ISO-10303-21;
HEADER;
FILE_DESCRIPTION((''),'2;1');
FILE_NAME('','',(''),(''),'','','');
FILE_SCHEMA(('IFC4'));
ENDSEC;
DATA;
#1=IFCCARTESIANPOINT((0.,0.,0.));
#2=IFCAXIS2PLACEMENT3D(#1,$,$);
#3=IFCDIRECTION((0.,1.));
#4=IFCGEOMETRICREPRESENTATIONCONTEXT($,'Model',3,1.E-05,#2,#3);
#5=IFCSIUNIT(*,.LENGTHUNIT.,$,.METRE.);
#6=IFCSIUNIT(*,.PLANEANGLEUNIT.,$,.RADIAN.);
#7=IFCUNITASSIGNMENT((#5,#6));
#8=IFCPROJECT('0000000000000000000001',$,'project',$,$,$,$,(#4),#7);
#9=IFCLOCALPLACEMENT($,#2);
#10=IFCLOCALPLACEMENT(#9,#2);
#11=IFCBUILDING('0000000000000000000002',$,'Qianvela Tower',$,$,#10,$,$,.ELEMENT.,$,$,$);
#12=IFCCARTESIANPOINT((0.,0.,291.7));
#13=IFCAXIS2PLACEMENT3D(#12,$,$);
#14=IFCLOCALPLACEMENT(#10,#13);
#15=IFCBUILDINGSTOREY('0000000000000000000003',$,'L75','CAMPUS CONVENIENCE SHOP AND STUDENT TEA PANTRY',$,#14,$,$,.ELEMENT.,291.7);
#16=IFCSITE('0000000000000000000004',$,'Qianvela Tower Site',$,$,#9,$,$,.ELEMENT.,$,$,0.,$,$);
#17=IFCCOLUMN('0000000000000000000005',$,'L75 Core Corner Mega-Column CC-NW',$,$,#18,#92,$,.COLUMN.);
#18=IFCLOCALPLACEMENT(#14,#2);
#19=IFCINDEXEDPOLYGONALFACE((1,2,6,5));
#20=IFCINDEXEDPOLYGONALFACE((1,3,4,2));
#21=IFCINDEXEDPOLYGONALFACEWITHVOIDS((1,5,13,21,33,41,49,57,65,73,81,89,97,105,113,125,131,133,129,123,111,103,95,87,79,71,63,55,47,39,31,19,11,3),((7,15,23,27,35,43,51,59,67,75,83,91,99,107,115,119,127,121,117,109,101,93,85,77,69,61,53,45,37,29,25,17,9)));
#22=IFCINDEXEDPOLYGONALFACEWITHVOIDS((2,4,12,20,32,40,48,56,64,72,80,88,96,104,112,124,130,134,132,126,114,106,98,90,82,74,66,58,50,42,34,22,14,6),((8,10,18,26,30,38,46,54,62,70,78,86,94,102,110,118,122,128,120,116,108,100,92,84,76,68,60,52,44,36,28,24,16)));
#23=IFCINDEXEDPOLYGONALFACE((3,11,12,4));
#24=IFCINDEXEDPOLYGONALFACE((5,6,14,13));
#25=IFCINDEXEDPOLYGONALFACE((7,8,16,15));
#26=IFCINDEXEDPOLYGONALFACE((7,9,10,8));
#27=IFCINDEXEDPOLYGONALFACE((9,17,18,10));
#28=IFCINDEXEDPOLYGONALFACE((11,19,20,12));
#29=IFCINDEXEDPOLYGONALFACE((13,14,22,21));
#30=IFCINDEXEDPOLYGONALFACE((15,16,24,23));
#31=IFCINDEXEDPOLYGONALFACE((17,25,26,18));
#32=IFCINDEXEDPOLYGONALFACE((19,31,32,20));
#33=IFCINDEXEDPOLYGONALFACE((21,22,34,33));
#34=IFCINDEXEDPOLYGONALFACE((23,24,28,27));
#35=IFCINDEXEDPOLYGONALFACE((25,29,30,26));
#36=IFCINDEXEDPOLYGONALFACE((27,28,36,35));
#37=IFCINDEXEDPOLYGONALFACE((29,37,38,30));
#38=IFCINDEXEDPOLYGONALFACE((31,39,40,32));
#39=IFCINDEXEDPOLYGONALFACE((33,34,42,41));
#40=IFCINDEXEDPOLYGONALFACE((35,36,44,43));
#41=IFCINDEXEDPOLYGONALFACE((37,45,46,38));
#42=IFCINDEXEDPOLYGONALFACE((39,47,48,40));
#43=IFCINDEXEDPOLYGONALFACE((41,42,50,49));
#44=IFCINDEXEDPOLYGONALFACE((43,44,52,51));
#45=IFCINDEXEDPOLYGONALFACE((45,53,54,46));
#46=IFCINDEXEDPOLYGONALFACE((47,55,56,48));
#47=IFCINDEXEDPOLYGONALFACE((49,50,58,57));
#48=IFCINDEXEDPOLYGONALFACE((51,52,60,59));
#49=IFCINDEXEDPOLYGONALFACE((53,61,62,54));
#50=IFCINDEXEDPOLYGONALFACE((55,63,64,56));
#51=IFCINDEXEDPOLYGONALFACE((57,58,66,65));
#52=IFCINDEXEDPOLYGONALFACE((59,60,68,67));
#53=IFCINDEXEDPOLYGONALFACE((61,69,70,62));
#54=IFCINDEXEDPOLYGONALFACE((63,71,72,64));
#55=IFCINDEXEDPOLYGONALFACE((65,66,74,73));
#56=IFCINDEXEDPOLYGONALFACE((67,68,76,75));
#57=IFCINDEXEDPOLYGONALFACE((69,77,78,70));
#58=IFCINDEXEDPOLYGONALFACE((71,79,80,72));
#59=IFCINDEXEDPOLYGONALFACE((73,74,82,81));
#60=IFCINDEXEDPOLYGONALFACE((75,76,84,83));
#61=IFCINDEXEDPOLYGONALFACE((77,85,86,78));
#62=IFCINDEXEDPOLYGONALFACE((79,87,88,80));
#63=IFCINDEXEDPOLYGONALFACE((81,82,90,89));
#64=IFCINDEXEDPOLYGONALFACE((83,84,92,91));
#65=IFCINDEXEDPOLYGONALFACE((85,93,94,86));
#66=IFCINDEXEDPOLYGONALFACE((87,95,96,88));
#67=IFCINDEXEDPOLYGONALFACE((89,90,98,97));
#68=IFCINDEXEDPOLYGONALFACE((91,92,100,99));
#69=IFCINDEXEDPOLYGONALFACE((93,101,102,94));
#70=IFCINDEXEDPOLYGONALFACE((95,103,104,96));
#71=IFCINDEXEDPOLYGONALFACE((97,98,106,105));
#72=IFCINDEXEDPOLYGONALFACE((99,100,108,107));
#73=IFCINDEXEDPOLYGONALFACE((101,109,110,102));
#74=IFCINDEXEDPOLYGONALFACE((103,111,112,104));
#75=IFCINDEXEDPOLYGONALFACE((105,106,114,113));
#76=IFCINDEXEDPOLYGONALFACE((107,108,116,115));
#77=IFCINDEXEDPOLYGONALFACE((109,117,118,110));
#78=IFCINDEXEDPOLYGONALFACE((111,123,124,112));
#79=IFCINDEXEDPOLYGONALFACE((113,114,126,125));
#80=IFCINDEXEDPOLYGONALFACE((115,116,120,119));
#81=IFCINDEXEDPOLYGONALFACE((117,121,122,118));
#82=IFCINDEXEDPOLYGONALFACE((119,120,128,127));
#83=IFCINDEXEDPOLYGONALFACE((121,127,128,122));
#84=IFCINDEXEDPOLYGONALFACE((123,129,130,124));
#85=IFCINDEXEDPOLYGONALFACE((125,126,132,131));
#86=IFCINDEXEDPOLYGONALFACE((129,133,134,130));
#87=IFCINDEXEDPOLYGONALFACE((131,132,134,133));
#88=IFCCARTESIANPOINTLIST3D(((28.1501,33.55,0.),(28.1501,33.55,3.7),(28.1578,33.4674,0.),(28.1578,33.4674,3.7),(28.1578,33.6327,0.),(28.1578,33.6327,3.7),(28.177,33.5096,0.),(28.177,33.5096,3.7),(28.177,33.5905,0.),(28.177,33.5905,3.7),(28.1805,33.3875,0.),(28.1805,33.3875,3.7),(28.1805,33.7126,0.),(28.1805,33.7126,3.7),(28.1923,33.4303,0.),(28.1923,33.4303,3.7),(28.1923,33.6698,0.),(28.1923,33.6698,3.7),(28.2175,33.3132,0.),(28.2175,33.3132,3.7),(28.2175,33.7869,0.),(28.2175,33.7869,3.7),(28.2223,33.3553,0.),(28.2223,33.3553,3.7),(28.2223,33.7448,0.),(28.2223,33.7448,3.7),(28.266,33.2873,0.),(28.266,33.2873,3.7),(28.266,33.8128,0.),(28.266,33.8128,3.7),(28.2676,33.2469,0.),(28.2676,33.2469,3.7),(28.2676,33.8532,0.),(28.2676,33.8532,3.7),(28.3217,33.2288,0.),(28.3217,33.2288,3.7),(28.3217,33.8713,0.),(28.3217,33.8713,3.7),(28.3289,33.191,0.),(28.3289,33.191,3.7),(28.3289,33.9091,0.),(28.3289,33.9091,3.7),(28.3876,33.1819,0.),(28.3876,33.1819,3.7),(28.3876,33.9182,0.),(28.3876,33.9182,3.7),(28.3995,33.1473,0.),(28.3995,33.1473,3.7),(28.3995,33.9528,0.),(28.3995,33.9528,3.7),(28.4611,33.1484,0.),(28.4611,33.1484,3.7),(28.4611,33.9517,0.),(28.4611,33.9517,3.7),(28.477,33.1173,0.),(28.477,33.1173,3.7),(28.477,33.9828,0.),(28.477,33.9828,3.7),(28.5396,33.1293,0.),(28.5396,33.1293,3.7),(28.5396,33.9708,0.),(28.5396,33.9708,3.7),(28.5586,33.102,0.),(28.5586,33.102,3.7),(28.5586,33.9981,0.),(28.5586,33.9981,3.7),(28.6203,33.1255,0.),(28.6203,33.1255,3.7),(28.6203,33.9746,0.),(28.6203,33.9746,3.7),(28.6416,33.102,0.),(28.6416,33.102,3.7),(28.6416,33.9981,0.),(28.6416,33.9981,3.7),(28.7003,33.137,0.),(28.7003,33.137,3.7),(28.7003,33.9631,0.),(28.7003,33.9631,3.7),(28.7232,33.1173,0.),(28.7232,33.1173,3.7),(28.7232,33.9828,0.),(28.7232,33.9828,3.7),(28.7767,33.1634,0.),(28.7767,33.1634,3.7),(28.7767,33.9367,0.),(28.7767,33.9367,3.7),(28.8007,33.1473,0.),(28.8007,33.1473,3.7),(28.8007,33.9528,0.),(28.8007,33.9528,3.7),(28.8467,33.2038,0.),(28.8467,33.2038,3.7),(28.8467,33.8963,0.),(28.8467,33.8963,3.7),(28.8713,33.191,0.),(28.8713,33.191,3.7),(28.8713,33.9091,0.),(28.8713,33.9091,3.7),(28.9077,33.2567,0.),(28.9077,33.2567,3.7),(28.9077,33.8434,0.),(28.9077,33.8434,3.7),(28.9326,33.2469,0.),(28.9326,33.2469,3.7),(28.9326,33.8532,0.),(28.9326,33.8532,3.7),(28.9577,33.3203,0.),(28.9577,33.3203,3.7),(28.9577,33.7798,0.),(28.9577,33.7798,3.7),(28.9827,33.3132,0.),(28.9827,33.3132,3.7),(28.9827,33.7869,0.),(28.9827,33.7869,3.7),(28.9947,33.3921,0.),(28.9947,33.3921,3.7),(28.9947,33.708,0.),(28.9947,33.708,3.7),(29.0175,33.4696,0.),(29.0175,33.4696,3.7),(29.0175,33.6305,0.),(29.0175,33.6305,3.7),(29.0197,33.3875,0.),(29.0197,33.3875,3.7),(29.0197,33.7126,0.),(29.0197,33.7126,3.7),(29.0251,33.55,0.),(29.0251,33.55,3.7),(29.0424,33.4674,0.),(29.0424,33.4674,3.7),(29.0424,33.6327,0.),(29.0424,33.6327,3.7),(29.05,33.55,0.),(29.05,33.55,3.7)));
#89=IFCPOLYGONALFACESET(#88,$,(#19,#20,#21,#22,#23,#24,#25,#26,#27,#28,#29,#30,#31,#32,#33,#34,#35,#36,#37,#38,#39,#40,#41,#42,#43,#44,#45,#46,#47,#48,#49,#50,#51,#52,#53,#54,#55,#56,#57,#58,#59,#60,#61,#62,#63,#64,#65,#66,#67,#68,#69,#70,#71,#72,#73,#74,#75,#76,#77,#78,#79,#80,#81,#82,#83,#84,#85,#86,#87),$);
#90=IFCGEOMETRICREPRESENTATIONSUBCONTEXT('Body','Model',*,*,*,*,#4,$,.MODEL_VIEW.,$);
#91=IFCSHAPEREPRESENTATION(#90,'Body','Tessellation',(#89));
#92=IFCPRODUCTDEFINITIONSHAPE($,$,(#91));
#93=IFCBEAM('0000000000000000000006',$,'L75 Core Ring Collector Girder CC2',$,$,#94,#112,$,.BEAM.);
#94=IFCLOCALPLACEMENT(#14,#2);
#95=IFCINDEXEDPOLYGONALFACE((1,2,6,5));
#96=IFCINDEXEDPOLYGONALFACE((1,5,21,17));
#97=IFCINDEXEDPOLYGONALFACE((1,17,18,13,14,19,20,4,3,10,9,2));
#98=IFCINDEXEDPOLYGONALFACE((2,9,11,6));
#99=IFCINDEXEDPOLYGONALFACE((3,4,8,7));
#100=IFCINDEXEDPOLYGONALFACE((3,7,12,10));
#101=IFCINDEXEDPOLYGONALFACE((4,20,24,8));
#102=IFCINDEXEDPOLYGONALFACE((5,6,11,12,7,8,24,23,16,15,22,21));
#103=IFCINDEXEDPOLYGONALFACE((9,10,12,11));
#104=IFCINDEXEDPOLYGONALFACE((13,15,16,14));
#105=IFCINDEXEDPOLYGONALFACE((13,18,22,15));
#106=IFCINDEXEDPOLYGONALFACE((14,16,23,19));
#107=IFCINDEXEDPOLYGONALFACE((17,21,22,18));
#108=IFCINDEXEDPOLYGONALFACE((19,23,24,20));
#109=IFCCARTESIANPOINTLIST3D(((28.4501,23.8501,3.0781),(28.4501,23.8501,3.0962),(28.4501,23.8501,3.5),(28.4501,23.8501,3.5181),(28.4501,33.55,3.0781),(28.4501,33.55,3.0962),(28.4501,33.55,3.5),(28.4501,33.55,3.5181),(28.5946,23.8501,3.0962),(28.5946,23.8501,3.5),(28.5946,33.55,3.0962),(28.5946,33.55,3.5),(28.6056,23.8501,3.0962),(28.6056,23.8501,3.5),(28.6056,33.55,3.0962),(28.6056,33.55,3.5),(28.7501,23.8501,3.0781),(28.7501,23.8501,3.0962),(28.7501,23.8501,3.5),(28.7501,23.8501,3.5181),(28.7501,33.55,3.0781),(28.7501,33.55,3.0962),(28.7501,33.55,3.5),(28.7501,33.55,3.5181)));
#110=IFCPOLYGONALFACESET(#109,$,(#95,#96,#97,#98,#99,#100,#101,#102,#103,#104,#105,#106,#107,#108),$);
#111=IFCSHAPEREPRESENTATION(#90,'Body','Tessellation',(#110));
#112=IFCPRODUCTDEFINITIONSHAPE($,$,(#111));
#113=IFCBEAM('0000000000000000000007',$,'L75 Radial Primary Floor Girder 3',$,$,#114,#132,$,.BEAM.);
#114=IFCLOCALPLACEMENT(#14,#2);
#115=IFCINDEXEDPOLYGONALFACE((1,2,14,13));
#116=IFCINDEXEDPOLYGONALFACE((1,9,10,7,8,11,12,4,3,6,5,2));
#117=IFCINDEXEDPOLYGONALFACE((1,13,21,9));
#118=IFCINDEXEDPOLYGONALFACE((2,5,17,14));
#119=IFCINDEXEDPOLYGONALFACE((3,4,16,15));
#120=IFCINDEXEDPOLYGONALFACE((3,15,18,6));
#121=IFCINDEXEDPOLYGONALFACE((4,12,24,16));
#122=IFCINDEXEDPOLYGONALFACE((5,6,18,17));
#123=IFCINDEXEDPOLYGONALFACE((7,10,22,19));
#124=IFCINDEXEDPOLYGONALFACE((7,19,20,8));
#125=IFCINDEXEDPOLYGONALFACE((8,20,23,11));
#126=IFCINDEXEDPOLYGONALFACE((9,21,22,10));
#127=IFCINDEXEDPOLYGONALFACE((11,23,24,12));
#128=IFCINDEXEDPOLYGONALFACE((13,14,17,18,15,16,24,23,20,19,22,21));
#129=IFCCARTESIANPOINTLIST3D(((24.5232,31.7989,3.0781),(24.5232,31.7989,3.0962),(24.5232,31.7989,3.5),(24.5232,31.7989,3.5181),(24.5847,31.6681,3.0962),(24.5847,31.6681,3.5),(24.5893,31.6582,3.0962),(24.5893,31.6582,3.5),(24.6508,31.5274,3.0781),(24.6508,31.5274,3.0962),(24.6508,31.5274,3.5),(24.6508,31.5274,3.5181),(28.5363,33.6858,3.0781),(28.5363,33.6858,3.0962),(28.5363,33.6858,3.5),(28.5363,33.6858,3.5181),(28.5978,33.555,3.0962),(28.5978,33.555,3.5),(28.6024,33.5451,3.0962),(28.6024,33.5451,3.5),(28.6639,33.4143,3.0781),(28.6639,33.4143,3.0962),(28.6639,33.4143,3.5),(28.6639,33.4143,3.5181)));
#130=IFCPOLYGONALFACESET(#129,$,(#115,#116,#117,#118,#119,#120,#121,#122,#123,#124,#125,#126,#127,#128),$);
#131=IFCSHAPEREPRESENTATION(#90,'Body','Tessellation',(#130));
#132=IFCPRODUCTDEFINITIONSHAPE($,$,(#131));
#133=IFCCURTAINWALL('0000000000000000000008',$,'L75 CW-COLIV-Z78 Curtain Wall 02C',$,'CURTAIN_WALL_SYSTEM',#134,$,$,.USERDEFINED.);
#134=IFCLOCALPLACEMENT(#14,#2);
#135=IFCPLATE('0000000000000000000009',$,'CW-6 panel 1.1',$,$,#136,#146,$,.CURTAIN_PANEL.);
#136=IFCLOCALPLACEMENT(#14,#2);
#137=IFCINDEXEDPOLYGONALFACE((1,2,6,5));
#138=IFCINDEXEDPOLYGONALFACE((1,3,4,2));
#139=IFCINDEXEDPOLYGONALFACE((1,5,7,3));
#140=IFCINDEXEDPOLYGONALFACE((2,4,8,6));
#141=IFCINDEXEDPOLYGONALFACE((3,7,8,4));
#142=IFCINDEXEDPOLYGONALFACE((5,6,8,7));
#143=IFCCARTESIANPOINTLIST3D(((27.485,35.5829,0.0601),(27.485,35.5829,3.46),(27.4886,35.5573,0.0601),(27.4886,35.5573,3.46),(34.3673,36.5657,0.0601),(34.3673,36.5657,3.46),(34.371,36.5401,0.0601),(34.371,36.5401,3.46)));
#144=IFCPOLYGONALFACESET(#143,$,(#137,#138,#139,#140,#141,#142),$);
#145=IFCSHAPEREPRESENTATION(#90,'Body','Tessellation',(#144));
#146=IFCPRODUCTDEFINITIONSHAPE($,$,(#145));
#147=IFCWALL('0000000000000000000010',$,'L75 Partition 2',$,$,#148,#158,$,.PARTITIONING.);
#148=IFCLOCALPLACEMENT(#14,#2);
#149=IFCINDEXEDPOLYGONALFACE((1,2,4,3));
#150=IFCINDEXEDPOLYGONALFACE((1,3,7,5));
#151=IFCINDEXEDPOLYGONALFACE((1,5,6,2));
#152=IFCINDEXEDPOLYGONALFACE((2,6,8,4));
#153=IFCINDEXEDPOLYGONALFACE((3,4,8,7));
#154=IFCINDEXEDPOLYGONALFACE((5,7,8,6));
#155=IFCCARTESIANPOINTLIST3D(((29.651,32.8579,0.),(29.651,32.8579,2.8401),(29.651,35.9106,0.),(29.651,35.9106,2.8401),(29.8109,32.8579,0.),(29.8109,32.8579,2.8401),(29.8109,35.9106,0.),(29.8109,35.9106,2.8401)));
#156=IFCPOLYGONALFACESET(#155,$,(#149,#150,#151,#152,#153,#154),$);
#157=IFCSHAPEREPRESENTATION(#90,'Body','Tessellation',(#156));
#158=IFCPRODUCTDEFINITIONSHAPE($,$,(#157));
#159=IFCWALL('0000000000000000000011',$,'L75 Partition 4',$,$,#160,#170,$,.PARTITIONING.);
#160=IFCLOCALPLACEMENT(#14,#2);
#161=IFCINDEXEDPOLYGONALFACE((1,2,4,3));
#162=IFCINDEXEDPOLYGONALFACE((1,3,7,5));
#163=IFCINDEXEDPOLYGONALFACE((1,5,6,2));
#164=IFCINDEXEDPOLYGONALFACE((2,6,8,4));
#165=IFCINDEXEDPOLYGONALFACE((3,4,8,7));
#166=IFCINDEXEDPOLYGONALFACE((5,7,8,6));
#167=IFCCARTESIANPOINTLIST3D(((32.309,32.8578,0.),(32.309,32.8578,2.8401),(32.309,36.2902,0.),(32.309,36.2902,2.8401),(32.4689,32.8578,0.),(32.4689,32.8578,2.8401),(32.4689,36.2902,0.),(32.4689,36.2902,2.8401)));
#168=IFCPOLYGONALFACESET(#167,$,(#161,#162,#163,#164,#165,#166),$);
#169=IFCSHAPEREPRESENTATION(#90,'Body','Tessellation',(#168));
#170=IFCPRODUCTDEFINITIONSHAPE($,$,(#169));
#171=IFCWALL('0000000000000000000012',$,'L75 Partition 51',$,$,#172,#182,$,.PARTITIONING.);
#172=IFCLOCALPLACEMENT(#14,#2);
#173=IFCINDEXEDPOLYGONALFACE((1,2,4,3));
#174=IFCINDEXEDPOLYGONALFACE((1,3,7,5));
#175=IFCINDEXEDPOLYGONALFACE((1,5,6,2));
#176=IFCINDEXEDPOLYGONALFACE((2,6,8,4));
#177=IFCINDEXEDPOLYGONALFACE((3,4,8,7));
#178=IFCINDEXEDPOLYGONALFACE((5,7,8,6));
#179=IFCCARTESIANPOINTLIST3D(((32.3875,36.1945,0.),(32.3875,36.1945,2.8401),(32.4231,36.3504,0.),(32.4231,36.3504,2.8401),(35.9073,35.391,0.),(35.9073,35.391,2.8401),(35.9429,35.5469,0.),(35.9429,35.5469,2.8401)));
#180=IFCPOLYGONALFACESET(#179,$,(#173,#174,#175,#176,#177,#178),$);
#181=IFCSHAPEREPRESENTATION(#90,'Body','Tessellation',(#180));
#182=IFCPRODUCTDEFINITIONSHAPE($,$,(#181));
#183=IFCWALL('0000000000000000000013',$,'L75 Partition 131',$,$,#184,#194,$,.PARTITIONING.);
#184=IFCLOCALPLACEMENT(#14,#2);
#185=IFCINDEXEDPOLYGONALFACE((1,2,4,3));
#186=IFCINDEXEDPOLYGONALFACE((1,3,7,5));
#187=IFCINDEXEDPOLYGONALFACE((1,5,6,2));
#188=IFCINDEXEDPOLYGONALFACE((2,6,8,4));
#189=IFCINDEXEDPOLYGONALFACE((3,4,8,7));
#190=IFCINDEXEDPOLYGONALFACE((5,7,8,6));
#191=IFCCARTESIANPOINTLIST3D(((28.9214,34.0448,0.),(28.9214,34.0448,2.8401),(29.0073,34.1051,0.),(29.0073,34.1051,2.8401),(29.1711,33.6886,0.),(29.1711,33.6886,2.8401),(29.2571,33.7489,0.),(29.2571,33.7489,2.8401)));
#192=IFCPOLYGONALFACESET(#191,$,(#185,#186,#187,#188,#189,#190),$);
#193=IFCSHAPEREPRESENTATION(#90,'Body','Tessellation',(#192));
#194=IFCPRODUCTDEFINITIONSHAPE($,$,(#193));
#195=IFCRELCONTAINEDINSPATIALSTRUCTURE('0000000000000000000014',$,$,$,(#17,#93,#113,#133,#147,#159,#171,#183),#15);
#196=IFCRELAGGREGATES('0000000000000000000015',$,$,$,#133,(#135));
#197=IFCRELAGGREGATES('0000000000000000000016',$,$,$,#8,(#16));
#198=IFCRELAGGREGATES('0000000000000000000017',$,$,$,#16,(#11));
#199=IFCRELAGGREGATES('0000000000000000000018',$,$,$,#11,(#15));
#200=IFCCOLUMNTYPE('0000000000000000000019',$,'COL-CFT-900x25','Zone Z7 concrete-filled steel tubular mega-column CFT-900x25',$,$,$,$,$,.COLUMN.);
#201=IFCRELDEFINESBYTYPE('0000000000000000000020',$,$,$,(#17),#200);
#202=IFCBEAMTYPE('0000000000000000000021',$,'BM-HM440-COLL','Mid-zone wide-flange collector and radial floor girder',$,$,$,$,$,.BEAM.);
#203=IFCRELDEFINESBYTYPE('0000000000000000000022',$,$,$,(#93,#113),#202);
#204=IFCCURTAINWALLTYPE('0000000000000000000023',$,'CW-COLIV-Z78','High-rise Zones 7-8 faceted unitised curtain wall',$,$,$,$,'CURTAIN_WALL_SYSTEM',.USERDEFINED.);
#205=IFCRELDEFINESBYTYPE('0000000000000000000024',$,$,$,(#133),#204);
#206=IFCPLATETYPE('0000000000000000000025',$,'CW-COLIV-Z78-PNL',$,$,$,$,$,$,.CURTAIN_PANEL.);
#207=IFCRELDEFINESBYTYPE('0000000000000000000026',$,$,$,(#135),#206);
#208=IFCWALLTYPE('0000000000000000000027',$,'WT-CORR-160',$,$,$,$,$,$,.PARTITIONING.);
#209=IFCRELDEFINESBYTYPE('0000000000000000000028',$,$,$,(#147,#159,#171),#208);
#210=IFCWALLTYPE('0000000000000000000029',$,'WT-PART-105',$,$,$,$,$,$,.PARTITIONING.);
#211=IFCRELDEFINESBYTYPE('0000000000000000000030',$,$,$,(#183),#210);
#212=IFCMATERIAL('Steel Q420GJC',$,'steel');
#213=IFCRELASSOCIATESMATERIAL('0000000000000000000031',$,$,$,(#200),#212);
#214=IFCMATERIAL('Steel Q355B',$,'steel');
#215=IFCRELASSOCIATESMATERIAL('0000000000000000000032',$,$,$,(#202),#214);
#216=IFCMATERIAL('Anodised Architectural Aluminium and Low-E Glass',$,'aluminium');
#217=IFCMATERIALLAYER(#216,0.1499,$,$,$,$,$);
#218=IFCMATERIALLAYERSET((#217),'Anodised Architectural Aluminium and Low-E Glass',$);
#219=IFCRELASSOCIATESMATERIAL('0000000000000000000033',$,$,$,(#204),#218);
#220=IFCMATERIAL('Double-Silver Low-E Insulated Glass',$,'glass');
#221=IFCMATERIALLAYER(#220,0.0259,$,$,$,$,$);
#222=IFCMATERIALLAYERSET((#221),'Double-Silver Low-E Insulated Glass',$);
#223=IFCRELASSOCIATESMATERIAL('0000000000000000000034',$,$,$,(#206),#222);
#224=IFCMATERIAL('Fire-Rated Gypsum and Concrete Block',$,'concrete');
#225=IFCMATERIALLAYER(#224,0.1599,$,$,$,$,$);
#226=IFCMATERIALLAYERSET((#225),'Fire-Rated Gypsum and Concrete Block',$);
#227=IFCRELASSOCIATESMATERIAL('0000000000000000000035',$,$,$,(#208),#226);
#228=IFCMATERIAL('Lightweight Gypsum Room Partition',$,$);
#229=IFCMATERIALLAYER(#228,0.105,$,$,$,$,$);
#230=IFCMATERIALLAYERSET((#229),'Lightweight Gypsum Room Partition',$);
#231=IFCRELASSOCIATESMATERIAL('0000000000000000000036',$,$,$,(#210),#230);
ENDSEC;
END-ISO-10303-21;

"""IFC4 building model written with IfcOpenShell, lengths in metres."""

from ifc_helpers import new_model, si_unit, direction, frame, frame_2d, origin, origin_2d, place, context, subcontext, project, spatial, rectangle, hollow_circle, i_section, extrude, material, layer, layer_set, material_profile, profile_set, type_object, element, aggregate, save


model = new_model("IFC4")

# Units and contexts
model_context = context("Model", 3, precision=1e-05, world=origin(), true_north=direction((0.0, 1.0)))
body_context = subcontext(model_context, "Body", "Model", "MODEL_VIEW")
ifc_project = project(units=[si_unit("LENGTHUNIT", "METRE"), si_unit("PLANEANGLEUNIT", "RADIAN")], contexts=[model_context])

# Site, building, storey
site_placement = place(None, origin())
site = spatial("IfcSite", under=ifc_project, at=site_placement, Name="Qianvela Tower Site", CompositionType="ELEMENT", RefElevation=0.0)
building_placement = place(site_placement, origin())
building = spatial("IfcBuilding", under=site, at=building_placement, Name="Qianvela Tower", CompositionType="ELEMENT")
storey_placement = place(building_placement, frame((0.0, 0.0, 291.7)))
storey = spatial("IfcBuildingStorey", under=building, at=storey_placement, Name="L75", Description="CAMPUS CONVENIENCE SHOP AND STUDENT TEA PANTRY", CompositionType="ELEMENT", Elevation=291.7)

# Column
ifc_material_1 = material(Name="Steel Q420GJC", Category="steel")
ifc_material_profile_1 = material_profile(ifc_material_1, hollow_circle(Radius=0.45, WallThickness=0.0249, at=origin_2d()), Name="CFT-900x25")
ifc_profile_set_1 = profile_set([ifc_material_profile_1], Name="Steel Q420GJC")
column_type = type_object("IfcColumnType", Name="COL-CFT-900x25", Description="Zone Z7 concrete-filled steel tubular mega-column CFT-900x25", PredefinedType="COLUMN", material=ifc_profile_set_1)
column_placement = place(storey_placement, frame((28.6001, 33.55, 0.0), z_axis=(0.0, 0.0, 1.0), x_axis=(1.0, 0.0, 0.0)))
element("IfcColumn", 1, at=column_placement, inside=storey, type_object=column_type, Name="L75 Core Corner Mega-Column CC-NW", PredefinedType="COLUMN", context=body_context, shape_type="SweptSolid", body=[
    extrude(hollow_circle(Radius=0.45, WallThickness=0.0249, at=origin_2d()), origin(), (0.0, 0.0, 1.0), 3.7),
])

# Beams
ifc_material_2 = material(Name="Steel Q355B", Category="steel")
ifc_material_profile_2 = material_profile(ifc_material_2, i_section(OverallWidth=0.3, OverallDepth=0.4399, WebThickness=0.011, FlangeThickness=0.0181, at=origin_2d()), Name="HM440x300x11x18")
ifc_profile_set_2 = profile_set([ifc_material_profile_2], Name="Steel Q355B")
beam_type = type_object("IfcBeamType", Name="BM-HM440-COLL", Description="Mid-zone wide-flange collector and radial floor girder", PredefinedType="BEAM", material=ifc_profile_set_2)
beam_1_placement = place(storey_placement, frame((28.6001, 33.55, 3.2981), z_axis=(0.0, -1.0, 0.0), x_axis=(1.0, 0.0, 0.0)))
element("IfcBeam", 2, at=beam_1_placement, inside=storey, type_object=beam_type, Name="L75 Core Ring Collector Girder CC2", PredefinedType="BEAM", context=body_context, shape_type="SweptSolid", body=[
    extrude(i_section(OverallWidth=0.3, OverallDepth=0.4399, WebThickness=0.011, FlangeThickness=0.0181, at=origin_2d()), origin(), (0.0, 0.0, 1.0), 9.7),
])
beam_2_placement = place(storey_placement, frame((28.6001, 33.55, 3.2981), z_axis=(-0.904957, -0.425503, 0.0), x_axis=(0.425503, -0.904957, 0.0)))
element("IfcBeam", 3, at=beam_2_placement, inside=storey, type_object=beam_type, Name="L75 Radial Primary Floor Girder 3", PredefinedType="BEAM", context=body_context, shape_type="SweptSolid", body=[
    extrude(i_section(OverallWidth=0.3, OverallDepth=0.4399, WebThickness=0.011, FlangeThickness=0.0181, at=origin_2d()), origin(), (0.0, 0.0, 1.0), 4.4346),
])

# Curtain wall, plate
ifc_material_3 = material(Name="Anodised Architectural Aluminium and Low-E Glass", Category="aluminium")
ifc_layer_1 = layer(ifc_material_3, 0.1499)
ifc_layer_set_1 = layer_set([ifc_layer_1], Name="Anodised Architectural Aluminium and Low-E Glass")
curtain_wall_type = type_object("IfcCurtainWallType", Name="CW-COLIV-Z78", Description="High-rise Zones 7-8 faceted unitised curtain wall", ElementType="CURTAIN_WALL_SYSTEM", PredefinedType="USERDEFINED", material=ifc_layer_set_1)
curtain_wall_placement = place(storey_placement, origin())
curtain_wall = element("IfcCurtainWall", 4, at=curtain_wall_placement, inside=storey, type_object=curtain_wall_type, Name="L75 CW-COLIV-Z78 Curtain Wall 02C", ObjectType="CURTAIN_WALL_SYSTEM", PredefinedType="USERDEFINED")
ifc_material_4 = material(Name="Double-Silver Low-E Insulated Glass", Category="glass")
ifc_layer_2 = layer(ifc_material_4, 0.0259)
ifc_layer_set_2 = layer_set([ifc_layer_2], Name="Double-Silver Low-E Insulated Glass")
plate_type = type_object("IfcPlateType", Name="CW-COLIV-Z78-PNL", PredefinedType="CURTAIN_PANEL", material=ifc_layer_set_2)
plate_placement = place(storey_placement, frame((30.928, 36.0615, 0.0601), z_axis=(0.0, 0.0, 1.0), x_axis=(-0.989958, -0.141365, 0.0)))
plate = element("IfcPlate", 5, at=plate_placement, type_object=plate_type, Name="CW-6 panel 1.1", PredefinedType="CURTAIN_PANEL", context=body_context, shape_type="SweptSolid", body=[
    extrude(rectangle(XDim=6.9521, YDim=0.0259, at=origin_2d()), origin(), (0.0, 0.0, 1.0), 3.3999),
])
aggregate(curtain_wall, [plate])

# Walls
ifc_material_5 = material(Name="Fire-Rated Gypsum and Concrete Block", Category="concrete")
ifc_layer_3 = layer(ifc_material_5, 0.1599)
ifc_layer_set_3 = layer_set([ifc_layer_3], Name="Fire-Rated Gypsum and Concrete Block")
wall_type_1 = type_object("IfcWallType", Name="WT-CORR-160", PredefinedType="PARTITIONING", material=ifc_layer_set_3)
wall_1_placement = place(storey_placement, frame((29.731, 32.8579, 0.0), z_axis=(0.0, 0.0, 1.0), x_axis=(0.0, 1.0, 0.0)))
element("IfcWall", 6, at=wall_1_placement, inside=storey, type_object=wall_type_1, Name="L75 Partition 2", PredefinedType="PARTITIONING", context=body_context, shape_type="SweptSolid", body=[
    extrude(rectangle(XDim=3.0527, YDim=0.1599, at=frame_2d((1.5264, 0.0))), origin(), (0.0, 0.0, 1.0), 2.8401),
])
wall_2_placement = place(storey_placement, frame((32.3889, 36.2903, 0.0), z_axis=(0.0, 0.0, 1.0), x_axis=(0.0, -1.0, 0.0)))
element("IfcWall", 7, at=wall_2_placement, inside=storey, type_object=wall_type_1, Name="L75 Partition 4", PredefinedType="PARTITIONING", context=body_context, shape_type="SweptSolid", body=[
    extrude(rectangle(XDim=3.4324, YDim=0.1599, at=frame_2d((1.7163, 0.0))), origin(), (0.0, 0.0, 1.0), 2.8401),
])
wall_3_placement = place(storey_placement, frame((32.4053, 36.2725, 0.0), z_axis=(0.0, 0.0, 1.0), x_axis=(0.974922, -0.222548, 0.0)))
element("IfcWall", 8, at=wall_3_placement, inside=storey, type_object=wall_type_1, Name="L75 Partition 51", PredefinedType="PARTITIONING", context=body_context, shape_type="SweptSolid", body=[
    extrude(rectangle(XDim=3.6104, YDim=0.1599, at=frame_2d((1.8052, 0.0))), origin(), (0.0, 0.0, 1.0), 2.8401),
])
ifc_material_6 = material(Name="Lightweight Gypsum Room Partition")
ifc_layer_4 = layer(ifc_material_6, 0.105)
ifc_layer_set_4 = layer_set([ifc_layer_4], Name="Lightweight Gypsum Room Partition")
wall_type_2 = type_object("IfcWallType", Name="WT-PART-105", PredefinedType="PARTITIONING", material=ifc_layer_set_4)
wall_4_placement = place(storey_placement, frame((29.2141, 33.7188, 0.0), z_axis=(0.0, 0.0, 1.0), x_axis=(-0.574102, 0.818783, 0.0)))
element("IfcWall", 9, at=wall_4_placement, inside=storey, type_object=wall_type_2, Name="L75 Partition 131", PredefinedType="PARTITIONING", context=body_context, shape_type="SweptSolid", body=[
    extrude(rectangle(XDim=0.4351, YDim=0.105, at=frame_2d((0.2175, 0.0))), origin(), (0.0, 0.0, 1.0), 2.8401),
])

save(model, "model.ifc")
